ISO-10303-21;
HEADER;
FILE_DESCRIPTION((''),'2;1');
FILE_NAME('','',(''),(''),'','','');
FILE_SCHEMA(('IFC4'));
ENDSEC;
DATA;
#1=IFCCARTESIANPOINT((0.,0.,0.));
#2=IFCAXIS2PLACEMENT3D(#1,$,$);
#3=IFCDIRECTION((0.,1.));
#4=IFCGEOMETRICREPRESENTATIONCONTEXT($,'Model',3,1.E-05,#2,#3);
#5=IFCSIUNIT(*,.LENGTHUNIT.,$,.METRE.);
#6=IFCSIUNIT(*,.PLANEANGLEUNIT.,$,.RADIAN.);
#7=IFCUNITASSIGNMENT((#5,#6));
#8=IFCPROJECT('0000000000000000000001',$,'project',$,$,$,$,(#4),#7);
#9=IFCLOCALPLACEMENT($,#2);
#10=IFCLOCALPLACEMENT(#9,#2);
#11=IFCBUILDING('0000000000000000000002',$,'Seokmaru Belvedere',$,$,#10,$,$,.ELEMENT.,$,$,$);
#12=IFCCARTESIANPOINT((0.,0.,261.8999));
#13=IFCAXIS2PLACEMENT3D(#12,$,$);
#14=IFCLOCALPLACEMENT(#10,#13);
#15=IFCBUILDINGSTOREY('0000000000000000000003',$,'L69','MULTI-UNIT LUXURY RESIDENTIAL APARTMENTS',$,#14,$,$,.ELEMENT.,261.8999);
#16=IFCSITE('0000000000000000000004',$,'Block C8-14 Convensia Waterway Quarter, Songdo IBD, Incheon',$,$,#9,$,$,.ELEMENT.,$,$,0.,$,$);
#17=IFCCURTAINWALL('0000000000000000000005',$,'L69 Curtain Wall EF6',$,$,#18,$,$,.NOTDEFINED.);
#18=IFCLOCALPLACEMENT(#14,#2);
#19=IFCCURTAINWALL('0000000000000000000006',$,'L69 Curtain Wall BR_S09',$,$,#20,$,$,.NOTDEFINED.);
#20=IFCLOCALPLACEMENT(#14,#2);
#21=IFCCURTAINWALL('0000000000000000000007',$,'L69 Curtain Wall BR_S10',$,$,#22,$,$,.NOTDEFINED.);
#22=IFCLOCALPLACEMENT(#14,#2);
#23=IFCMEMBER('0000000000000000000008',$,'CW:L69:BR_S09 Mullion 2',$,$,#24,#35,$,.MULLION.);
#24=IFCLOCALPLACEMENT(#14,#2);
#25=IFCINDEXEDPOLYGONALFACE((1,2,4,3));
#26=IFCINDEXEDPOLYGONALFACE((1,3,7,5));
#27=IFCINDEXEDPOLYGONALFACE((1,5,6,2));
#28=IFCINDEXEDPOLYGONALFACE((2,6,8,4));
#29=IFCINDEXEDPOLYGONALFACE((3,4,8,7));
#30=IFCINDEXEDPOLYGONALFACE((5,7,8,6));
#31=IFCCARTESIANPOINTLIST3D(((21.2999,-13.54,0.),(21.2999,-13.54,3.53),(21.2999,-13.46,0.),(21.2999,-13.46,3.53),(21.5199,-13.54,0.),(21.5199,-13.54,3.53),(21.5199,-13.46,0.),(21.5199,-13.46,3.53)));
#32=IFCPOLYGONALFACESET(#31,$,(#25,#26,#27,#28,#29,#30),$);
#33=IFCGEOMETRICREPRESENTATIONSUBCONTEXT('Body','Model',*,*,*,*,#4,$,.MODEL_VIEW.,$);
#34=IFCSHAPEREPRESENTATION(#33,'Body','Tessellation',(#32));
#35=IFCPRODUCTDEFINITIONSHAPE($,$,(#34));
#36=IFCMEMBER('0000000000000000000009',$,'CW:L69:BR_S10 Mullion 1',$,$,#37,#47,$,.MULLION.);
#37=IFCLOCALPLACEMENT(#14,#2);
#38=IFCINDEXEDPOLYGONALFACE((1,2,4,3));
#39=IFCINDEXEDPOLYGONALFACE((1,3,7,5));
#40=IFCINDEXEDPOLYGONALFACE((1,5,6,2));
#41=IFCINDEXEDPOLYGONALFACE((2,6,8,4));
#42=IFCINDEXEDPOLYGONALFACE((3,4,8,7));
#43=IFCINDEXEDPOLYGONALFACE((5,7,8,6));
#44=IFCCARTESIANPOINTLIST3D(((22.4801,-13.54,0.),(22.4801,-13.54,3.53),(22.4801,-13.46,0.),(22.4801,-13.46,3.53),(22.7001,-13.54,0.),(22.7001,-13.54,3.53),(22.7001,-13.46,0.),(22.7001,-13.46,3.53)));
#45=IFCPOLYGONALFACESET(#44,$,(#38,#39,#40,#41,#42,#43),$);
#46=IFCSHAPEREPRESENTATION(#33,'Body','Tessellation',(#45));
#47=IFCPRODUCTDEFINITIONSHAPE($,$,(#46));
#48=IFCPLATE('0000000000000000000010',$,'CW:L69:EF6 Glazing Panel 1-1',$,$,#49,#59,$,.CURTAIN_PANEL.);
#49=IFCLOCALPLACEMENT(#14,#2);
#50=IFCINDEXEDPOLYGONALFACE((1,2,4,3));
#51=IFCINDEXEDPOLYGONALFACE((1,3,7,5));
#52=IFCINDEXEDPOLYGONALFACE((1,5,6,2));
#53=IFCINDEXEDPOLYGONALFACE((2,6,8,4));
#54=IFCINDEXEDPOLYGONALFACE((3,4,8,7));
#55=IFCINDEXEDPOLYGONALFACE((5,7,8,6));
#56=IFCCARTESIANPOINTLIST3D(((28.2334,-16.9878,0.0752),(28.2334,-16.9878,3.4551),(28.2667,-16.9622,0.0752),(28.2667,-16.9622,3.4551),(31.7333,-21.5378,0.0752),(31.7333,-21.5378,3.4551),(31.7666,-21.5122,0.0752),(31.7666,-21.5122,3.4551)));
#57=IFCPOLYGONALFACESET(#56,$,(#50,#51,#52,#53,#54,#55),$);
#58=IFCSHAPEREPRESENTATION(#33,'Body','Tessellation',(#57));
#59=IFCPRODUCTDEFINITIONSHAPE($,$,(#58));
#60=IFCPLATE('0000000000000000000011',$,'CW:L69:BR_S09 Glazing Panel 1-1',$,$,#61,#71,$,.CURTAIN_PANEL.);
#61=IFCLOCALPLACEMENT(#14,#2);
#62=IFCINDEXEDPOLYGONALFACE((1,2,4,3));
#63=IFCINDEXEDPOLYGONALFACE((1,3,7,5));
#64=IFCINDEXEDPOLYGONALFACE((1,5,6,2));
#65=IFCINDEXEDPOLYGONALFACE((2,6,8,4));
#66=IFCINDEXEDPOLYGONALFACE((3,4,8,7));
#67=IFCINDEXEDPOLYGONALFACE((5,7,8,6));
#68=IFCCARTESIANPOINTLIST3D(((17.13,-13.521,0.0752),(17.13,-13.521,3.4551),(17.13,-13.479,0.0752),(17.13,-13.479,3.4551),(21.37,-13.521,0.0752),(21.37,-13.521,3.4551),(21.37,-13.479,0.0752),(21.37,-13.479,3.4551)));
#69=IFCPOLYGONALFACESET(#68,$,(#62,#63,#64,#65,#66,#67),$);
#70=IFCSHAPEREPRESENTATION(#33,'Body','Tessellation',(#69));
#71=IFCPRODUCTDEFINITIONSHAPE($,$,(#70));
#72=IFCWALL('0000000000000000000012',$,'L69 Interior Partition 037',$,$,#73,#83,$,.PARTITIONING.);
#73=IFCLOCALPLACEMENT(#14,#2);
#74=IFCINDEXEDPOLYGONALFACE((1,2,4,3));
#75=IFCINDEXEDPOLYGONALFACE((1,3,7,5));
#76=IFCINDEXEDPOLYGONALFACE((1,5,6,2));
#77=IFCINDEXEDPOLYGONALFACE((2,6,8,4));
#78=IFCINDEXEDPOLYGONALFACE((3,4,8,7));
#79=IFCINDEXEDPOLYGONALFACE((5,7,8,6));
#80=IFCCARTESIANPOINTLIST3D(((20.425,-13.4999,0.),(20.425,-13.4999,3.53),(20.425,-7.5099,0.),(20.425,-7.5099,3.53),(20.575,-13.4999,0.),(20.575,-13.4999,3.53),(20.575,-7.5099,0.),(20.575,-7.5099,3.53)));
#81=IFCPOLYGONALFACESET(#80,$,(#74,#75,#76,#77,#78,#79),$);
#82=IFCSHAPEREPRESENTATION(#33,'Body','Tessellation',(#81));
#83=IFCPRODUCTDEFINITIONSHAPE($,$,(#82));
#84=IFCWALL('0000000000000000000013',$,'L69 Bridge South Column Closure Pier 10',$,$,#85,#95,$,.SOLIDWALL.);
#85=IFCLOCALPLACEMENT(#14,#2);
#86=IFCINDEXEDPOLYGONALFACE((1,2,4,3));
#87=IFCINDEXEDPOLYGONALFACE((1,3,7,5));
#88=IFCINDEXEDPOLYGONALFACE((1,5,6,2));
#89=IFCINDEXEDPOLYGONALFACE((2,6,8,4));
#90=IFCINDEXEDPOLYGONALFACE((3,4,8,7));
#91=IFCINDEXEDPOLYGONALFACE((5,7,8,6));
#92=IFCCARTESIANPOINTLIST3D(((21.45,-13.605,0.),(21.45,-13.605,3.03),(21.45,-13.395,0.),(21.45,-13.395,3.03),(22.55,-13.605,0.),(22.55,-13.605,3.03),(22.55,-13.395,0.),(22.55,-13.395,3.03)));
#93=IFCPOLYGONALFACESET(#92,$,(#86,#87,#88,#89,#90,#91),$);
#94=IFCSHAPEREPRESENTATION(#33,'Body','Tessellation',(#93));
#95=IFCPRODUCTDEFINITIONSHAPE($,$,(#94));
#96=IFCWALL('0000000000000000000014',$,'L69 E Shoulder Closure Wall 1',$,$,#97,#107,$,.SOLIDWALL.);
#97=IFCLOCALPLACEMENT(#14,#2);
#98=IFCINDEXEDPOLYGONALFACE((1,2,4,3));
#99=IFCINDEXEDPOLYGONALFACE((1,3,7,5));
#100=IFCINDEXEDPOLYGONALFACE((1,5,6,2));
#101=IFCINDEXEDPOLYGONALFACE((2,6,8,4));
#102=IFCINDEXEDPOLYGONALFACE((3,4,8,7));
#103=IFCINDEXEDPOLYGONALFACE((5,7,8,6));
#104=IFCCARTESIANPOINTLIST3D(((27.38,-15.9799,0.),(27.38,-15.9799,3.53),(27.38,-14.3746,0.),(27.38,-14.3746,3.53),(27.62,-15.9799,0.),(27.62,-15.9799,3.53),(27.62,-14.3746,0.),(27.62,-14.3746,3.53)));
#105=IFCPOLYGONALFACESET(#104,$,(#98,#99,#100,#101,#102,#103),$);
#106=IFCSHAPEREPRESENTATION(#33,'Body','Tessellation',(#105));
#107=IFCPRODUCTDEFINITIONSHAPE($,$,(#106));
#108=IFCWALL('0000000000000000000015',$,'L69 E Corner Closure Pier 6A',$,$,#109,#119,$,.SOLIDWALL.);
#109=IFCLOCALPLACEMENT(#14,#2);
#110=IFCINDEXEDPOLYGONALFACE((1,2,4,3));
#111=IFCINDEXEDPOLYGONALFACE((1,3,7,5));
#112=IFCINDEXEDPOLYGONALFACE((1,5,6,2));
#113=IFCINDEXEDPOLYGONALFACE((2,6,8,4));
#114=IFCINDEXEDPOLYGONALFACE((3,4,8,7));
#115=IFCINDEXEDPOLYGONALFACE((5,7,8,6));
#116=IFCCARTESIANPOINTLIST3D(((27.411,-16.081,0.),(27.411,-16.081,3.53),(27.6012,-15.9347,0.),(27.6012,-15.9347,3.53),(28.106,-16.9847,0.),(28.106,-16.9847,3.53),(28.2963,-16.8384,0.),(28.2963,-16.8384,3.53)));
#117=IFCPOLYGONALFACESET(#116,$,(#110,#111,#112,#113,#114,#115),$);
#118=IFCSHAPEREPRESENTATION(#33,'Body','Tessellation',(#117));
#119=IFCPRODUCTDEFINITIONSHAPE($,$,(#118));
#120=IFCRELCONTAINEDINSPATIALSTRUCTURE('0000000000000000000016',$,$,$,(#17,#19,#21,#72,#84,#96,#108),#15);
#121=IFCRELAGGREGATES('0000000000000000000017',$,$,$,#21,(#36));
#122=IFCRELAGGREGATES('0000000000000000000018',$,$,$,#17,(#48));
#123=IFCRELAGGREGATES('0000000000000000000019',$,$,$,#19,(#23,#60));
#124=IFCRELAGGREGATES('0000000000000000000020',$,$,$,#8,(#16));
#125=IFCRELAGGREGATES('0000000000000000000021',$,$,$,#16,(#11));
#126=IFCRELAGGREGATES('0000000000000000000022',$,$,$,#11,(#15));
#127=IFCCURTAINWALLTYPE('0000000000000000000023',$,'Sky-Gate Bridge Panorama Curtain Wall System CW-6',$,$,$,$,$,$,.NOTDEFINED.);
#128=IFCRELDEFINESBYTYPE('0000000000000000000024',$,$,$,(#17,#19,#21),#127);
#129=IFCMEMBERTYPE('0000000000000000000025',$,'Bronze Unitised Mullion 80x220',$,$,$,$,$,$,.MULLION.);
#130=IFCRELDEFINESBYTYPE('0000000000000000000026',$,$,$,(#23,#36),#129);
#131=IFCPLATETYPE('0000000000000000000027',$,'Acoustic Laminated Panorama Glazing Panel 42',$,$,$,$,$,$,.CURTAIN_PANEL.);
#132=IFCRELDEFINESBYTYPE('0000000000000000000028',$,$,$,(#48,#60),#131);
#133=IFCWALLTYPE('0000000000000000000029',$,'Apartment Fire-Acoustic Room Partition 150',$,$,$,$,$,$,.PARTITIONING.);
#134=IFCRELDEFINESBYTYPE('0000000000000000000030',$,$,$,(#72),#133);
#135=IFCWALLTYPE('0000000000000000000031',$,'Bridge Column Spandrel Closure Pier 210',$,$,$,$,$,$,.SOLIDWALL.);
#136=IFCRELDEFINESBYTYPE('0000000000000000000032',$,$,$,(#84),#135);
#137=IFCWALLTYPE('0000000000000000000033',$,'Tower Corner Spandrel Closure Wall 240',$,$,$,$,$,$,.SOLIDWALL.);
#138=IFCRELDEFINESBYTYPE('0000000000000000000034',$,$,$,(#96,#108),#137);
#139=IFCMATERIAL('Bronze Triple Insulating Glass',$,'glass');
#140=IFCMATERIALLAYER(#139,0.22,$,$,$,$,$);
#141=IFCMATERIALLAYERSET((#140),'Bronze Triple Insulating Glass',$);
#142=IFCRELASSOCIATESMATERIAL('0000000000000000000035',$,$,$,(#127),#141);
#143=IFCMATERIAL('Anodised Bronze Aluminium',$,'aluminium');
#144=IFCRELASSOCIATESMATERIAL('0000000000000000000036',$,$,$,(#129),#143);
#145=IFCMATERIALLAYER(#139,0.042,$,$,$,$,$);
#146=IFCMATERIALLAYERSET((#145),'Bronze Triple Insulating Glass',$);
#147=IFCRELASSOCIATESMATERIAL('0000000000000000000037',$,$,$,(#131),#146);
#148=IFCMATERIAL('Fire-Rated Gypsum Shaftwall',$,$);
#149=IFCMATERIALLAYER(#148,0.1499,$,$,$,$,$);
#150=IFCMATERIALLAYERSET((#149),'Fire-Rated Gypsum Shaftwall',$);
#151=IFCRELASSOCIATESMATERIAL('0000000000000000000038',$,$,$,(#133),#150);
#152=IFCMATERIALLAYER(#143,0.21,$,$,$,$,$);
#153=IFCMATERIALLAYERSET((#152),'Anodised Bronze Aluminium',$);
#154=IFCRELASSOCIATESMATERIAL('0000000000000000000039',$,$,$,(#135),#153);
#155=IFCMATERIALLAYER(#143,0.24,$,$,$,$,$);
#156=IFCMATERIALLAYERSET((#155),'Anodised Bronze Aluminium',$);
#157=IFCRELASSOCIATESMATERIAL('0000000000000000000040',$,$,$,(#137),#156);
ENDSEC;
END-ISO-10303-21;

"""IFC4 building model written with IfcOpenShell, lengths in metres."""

from ifc_helpers import new_model, si_unit, direction, frame, frame_2d, origin, origin_2d, place, context, subcontext, project, spatial, rectangle, extrude, source, transform, mapped, material, layer, layer_set, material_profile, profile_set, type_object, type_shapes, element, aggregate, save


model = new_model("IFC4")

# Units and contexts
model_context = context("Model", 3, precision=1e-05, world=origin(), true_north=direction((0.0, 1.0)))
body_context = subcontext(model_context, "Body", "Model", "MODEL_VIEW")
ifc_project = project(units=[si_unit("LENGTHUNIT", "METRE"), si_unit("PLANEANGLEUNIT", "RADIAN")], contexts=[model_context])

# Site, building, storey
site_placement = place(None, origin())
site = spatial("IfcSite", under=ifc_project, at=site_placement, Name="Block C8-14 Convensia Waterway Quarter, Songdo IBD, Incheon", CompositionType="ELEMENT", RefElevation=0.0)
building_placement = place(site_placement, origin())
building = spatial("IfcBuilding", under=site, at=building_placement, Name="Seokmaru Belvedere", CompositionType="ELEMENT")
storey_placement = place(building_placement, frame((0.0, 0.0, 261.8999)))
storey = spatial("IfcBuildingStorey", under=building, at=storey_placement, Name="L69", Description="MULTI-UNIT LUXURY RESIDENTIAL APARTMENTS", CompositionType="ELEMENT", Elevation=261.8999)

# Curtain wall
ifc_material_1 = material(Name="Bronze Triple Insulating Glass", Category="glass")
ifc_layer_1 = layer(ifc_material_1, 0.22)
ifc_layer_set_1 = layer_set([ifc_layer_1], Name="Bronze Triple Insulating Glass")
curtain_wall_type = type_object("IfcCurtainWallType", Name="Sky-Gate Bridge Panorama Curtain Wall System CW-6", PredefinedType="NOTDEFINED", material=ifc_layer_set_1)
curtain_wall_1_placement = place(storey_placement, origin())
curtain_wall_1 = element("IfcCurtainWall", 1, at=curtain_wall_1_placement, inside=storey, type_object=curtain_wall_type, Name="L69 Curtain Wall EF6", PredefinedType="NOTDEFINED")
ifc_material_2 = material(Name="Anodised Bronze Aluminium", Category="aluminium")

# Curtain walls
curtain_wall_2_placement = place(storey_placement, origin())
curtain_wall_2 = element("IfcCurtainWall", 2, at=curtain_wall_2_placement, inside=storey, type_object=curtain_wall_type, Name="L69 Curtain Wall BR_S09", PredefinedType="NOTDEFINED")
curtain_wall_3_placement = place(storey_placement, origin())
curtain_wall_3 = element("IfcCurtainWall", 3, at=curtain_wall_3_placement, inside=storey, type_object=curtain_wall_type, Name="L69 Curtain Wall BR_S10", PredefinedType="NOTDEFINED")

# Members
ifc_material_profile_1 = material_profile(ifc_material_2, rectangle(XDim=0.0801, YDim=0.22, at=origin_2d()), Name="CW-M-80x220")
ifc_profile_set_1 = profile_set([ifc_material_profile_1], Name="Anodised Bronze Aluminium")
member_type_1 = type_object("IfcMemberType", Name="Bronze Unitised Mullion 80x220", PredefinedType="MULLION", material=ifc_profile_set_1)
shared_shape_1 = source(origin(), body_context, "Body", "SweptSolid", [
    extrude(rectangle(XDim=0.0801, YDim=0.22, at=origin_2d()), origin(), (0.0, 0.0, 1.0), 3.53),
])
type_shapes(member_type_1, [shared_shape_1])
member_1_placement = place(storey_placement, frame((21.4099, -13.5, 0.0), z_axis=(0.0, 0.0, 1.0), x_axis=(0.0, 1.0, 0.0)))
member_1 = element("IfcMember", 4, at=member_1_placement, type_object=member_type_1, Name="CW:L69:BR_S09 Mullion 2", PredefinedType="MULLION", context=body_context, shape_type="MappedRepresentation", body=[
    mapped(shared_shape_1, transform((0.0, 0.0, 0.0), scale=1.0)),
])
member_2_placement = place(storey_placement, frame((22.5901, -13.5, 0.0), z_axis=(0.0, 0.0, 1.0), x_axis=(0.0, 1.0, 0.0)))
member_2 = element("IfcMember", 5, at=member_2_placement, type_object=member_type_1, Name="CW:L69:BR_S10 Mullion 1", PredefinedType="MULLION", context=body_context, shape_type="MappedRepresentation", body=[
    mapped(shared_shape_1, transform((0.0, 0.0, 0.0), scale=1.0)),
])
aggregate(curtain_wall_3, [member_2])

# Plates
ifc_layer_2 = layer(ifc_material_1, 0.042)
ifc_layer_set_2 = layer_set([ifc_layer_2], Name="Bronze Triple Insulating Glass")
plate_type = type_object("IfcPlateType", Name="Acoustic Laminated Panorama Glazing Panel 42", PredefinedType="CURTAIN_PANEL", material=ifc_layer_set_2)
shared_shape_2 = source(origin(), body_context, "Body", "SweptSolid", [
    extrude(rectangle(XDim=5.7405, YDim=0.042, at=origin_2d()), origin(), (0.0, 0.0, 1.0), 3.3799),
])
plate_1_placement = place(storey_placement, frame((30.0, -19.25, 0.0752), z_axis=(0.0, 0.0, 1.0), x_axis=(0.609701, -0.792631, 0.0)))
plate_1 = element("IfcPlate", 6, at=plate_1_placement, type_object=plate_type, Name="CW:L69:EF6 Glazing Panel 1-1", PredefinedType="CURTAIN_PANEL", context=body_context, shape_type="MappedRepresentation", body=[
    mapped(shared_shape_2, transform((0.0, 0.0, 0.0), scale=1.0)),
])
aggregate(curtain_wall_1, [plate_1])
shared_shape_3 = source(origin(), body_context, "Body", "SweptSolid", [
    extrude(rectangle(XDim=4.24, YDim=0.042, at=origin_2d()), origin(), (0.0, 0.0, 1.0), 3.3799),
])
type_shapes(plate_type, [shared_shape_2, shared_shape_3])
plate_2_placement = place(storey_placement, frame((19.25, -13.5, 0.0752), z_axis=(0.0, 0.0, 1.0), x_axis=(1.0, 0.0, 0.0)))
plate_2 = element("IfcPlate", 7, at=plate_2_placement, type_object=plate_type, Name="CW:L69:BR_S09 Glazing Panel 1-1", PredefinedType="CURTAIN_PANEL", context=body_context, shape_type="MappedRepresentation", body=[
    mapped(shared_shape_3, transform((0.0, 0.0, 0.0), scale=1.0)),
])
aggregate(curtain_wall_2, [member_1, plate_2])

# Walls
ifc_material_3 = material(Name="Fire-Rated Gypsum Shaftwall")
ifc_layer_3 = layer(ifc_material_3, 0.1499)
ifc_layer_set_3 = layer_set([ifc_layer_3], Name="Fire-Rated Gypsum Shaftwall")
wall_type_1 = type_object("IfcWallType", Name="Apartment Fire-Acoustic Room Partition 150", PredefinedType="PARTITIONING", material=ifc_layer_set_3)
wall_1_placement = place(storey_placement, frame((20.5, -13.5, 0.0), z_axis=(0.0, 0.0, 1.0), x_axis=(0.0, 1.0, 0.0)))
element("IfcWall", 8, at=wall_1_placement, inside=storey, type_object=wall_type_1, Name="L69 Interior Partition 037", PredefinedType="PARTITIONING", context=body_context, shape_type="SweptSolid", body=[
    extrude(rectangle(XDim=5.99, YDim=0.1499, at=frame_2d((2.9951, 0.0))), origin(), (0.0, 0.0, 1.0), 3.53),
])
ifc_layer_4 = layer(ifc_material_2, 0.21)
ifc_layer_set_4 = layer_set([ifc_layer_4], Name="Anodised Bronze Aluminium")
wall_type_2 = type_object("IfcWallType", Name="Bridge Column Spandrel Closure Pier 210", PredefinedType="SOLIDWALL", material=ifc_layer_set_4)
wall_2_placement = place(storey_placement, frame((21.45, -13.5, 0.0), z_axis=(0.0, 0.0, 1.0), x_axis=(1.0, 0.0, 0.0)))
element("IfcWall", 9, at=wall_2_placement, inside=storey, type_object=wall_type_2, Name="L69 Bridge South Column Closure Pier 10", PredefinedType="SOLIDWALL", context=body_context, shape_type="SweptSolid", body=[
    extrude(rectangle(XDim=1.1001, YDim=0.21, at=frame_2d((0.55, 0.0))), origin(), (0.0, 0.0, 1.0), 3.03),
])
ifc_layer_5 = layer(ifc_material_2, 0.24)
ifc_layer_set_5 = layer_set([ifc_layer_5], Name="Anodised Bronze Aluminium")
wall_type_3 = type_object("IfcWallType", Name="Tower Corner Spandrel Closure Wall 240", PredefinedType="SOLIDWALL", material=ifc_layer_set_5)
wall_3_placement = place(storey_placement, frame((27.5, -15.98, 0.0), z_axis=(0.0, 0.0, 1.0), x_axis=(0.0, 1.0, 0.0)))
element("IfcWall", 10, at=wall_3_placement, inside=storey, type_object=wall_type_3, Name="L69 E Shoulder Closure Wall 1", PredefinedType="SOLIDWALL", context=body_context, shape_type="SweptSolid", body=[
    extrude(rectangle(XDim=1.6052, YDim=0.24, at=frame_2d((0.8027, 0.0))), origin(), (0.0, 0.0, 1.0), 3.53),
])
wall_4_placement = place(storey_placement, frame((27.5061, -16.0078, 0.0), z_axis=(0.0, 0.0, 1.0), x_axis=(0.609618, -0.792696, 0.0)))
element("IfcWall", 11, at=wall_4_placement, inside=storey, type_object=wall_type_3, Name="L69 E Corner Closure Pier 6A", PredefinedType="SOLIDWALL", context=body_context, shape_type="SweptSolid", body=[
    extrude(rectangle(XDim=1.1401, YDim=0.24, at=frame_2d((0.5701, 0.0))), origin(), (0.0, 0.0, 1.0), 3.53),
])

save(model, "model.ifc")
